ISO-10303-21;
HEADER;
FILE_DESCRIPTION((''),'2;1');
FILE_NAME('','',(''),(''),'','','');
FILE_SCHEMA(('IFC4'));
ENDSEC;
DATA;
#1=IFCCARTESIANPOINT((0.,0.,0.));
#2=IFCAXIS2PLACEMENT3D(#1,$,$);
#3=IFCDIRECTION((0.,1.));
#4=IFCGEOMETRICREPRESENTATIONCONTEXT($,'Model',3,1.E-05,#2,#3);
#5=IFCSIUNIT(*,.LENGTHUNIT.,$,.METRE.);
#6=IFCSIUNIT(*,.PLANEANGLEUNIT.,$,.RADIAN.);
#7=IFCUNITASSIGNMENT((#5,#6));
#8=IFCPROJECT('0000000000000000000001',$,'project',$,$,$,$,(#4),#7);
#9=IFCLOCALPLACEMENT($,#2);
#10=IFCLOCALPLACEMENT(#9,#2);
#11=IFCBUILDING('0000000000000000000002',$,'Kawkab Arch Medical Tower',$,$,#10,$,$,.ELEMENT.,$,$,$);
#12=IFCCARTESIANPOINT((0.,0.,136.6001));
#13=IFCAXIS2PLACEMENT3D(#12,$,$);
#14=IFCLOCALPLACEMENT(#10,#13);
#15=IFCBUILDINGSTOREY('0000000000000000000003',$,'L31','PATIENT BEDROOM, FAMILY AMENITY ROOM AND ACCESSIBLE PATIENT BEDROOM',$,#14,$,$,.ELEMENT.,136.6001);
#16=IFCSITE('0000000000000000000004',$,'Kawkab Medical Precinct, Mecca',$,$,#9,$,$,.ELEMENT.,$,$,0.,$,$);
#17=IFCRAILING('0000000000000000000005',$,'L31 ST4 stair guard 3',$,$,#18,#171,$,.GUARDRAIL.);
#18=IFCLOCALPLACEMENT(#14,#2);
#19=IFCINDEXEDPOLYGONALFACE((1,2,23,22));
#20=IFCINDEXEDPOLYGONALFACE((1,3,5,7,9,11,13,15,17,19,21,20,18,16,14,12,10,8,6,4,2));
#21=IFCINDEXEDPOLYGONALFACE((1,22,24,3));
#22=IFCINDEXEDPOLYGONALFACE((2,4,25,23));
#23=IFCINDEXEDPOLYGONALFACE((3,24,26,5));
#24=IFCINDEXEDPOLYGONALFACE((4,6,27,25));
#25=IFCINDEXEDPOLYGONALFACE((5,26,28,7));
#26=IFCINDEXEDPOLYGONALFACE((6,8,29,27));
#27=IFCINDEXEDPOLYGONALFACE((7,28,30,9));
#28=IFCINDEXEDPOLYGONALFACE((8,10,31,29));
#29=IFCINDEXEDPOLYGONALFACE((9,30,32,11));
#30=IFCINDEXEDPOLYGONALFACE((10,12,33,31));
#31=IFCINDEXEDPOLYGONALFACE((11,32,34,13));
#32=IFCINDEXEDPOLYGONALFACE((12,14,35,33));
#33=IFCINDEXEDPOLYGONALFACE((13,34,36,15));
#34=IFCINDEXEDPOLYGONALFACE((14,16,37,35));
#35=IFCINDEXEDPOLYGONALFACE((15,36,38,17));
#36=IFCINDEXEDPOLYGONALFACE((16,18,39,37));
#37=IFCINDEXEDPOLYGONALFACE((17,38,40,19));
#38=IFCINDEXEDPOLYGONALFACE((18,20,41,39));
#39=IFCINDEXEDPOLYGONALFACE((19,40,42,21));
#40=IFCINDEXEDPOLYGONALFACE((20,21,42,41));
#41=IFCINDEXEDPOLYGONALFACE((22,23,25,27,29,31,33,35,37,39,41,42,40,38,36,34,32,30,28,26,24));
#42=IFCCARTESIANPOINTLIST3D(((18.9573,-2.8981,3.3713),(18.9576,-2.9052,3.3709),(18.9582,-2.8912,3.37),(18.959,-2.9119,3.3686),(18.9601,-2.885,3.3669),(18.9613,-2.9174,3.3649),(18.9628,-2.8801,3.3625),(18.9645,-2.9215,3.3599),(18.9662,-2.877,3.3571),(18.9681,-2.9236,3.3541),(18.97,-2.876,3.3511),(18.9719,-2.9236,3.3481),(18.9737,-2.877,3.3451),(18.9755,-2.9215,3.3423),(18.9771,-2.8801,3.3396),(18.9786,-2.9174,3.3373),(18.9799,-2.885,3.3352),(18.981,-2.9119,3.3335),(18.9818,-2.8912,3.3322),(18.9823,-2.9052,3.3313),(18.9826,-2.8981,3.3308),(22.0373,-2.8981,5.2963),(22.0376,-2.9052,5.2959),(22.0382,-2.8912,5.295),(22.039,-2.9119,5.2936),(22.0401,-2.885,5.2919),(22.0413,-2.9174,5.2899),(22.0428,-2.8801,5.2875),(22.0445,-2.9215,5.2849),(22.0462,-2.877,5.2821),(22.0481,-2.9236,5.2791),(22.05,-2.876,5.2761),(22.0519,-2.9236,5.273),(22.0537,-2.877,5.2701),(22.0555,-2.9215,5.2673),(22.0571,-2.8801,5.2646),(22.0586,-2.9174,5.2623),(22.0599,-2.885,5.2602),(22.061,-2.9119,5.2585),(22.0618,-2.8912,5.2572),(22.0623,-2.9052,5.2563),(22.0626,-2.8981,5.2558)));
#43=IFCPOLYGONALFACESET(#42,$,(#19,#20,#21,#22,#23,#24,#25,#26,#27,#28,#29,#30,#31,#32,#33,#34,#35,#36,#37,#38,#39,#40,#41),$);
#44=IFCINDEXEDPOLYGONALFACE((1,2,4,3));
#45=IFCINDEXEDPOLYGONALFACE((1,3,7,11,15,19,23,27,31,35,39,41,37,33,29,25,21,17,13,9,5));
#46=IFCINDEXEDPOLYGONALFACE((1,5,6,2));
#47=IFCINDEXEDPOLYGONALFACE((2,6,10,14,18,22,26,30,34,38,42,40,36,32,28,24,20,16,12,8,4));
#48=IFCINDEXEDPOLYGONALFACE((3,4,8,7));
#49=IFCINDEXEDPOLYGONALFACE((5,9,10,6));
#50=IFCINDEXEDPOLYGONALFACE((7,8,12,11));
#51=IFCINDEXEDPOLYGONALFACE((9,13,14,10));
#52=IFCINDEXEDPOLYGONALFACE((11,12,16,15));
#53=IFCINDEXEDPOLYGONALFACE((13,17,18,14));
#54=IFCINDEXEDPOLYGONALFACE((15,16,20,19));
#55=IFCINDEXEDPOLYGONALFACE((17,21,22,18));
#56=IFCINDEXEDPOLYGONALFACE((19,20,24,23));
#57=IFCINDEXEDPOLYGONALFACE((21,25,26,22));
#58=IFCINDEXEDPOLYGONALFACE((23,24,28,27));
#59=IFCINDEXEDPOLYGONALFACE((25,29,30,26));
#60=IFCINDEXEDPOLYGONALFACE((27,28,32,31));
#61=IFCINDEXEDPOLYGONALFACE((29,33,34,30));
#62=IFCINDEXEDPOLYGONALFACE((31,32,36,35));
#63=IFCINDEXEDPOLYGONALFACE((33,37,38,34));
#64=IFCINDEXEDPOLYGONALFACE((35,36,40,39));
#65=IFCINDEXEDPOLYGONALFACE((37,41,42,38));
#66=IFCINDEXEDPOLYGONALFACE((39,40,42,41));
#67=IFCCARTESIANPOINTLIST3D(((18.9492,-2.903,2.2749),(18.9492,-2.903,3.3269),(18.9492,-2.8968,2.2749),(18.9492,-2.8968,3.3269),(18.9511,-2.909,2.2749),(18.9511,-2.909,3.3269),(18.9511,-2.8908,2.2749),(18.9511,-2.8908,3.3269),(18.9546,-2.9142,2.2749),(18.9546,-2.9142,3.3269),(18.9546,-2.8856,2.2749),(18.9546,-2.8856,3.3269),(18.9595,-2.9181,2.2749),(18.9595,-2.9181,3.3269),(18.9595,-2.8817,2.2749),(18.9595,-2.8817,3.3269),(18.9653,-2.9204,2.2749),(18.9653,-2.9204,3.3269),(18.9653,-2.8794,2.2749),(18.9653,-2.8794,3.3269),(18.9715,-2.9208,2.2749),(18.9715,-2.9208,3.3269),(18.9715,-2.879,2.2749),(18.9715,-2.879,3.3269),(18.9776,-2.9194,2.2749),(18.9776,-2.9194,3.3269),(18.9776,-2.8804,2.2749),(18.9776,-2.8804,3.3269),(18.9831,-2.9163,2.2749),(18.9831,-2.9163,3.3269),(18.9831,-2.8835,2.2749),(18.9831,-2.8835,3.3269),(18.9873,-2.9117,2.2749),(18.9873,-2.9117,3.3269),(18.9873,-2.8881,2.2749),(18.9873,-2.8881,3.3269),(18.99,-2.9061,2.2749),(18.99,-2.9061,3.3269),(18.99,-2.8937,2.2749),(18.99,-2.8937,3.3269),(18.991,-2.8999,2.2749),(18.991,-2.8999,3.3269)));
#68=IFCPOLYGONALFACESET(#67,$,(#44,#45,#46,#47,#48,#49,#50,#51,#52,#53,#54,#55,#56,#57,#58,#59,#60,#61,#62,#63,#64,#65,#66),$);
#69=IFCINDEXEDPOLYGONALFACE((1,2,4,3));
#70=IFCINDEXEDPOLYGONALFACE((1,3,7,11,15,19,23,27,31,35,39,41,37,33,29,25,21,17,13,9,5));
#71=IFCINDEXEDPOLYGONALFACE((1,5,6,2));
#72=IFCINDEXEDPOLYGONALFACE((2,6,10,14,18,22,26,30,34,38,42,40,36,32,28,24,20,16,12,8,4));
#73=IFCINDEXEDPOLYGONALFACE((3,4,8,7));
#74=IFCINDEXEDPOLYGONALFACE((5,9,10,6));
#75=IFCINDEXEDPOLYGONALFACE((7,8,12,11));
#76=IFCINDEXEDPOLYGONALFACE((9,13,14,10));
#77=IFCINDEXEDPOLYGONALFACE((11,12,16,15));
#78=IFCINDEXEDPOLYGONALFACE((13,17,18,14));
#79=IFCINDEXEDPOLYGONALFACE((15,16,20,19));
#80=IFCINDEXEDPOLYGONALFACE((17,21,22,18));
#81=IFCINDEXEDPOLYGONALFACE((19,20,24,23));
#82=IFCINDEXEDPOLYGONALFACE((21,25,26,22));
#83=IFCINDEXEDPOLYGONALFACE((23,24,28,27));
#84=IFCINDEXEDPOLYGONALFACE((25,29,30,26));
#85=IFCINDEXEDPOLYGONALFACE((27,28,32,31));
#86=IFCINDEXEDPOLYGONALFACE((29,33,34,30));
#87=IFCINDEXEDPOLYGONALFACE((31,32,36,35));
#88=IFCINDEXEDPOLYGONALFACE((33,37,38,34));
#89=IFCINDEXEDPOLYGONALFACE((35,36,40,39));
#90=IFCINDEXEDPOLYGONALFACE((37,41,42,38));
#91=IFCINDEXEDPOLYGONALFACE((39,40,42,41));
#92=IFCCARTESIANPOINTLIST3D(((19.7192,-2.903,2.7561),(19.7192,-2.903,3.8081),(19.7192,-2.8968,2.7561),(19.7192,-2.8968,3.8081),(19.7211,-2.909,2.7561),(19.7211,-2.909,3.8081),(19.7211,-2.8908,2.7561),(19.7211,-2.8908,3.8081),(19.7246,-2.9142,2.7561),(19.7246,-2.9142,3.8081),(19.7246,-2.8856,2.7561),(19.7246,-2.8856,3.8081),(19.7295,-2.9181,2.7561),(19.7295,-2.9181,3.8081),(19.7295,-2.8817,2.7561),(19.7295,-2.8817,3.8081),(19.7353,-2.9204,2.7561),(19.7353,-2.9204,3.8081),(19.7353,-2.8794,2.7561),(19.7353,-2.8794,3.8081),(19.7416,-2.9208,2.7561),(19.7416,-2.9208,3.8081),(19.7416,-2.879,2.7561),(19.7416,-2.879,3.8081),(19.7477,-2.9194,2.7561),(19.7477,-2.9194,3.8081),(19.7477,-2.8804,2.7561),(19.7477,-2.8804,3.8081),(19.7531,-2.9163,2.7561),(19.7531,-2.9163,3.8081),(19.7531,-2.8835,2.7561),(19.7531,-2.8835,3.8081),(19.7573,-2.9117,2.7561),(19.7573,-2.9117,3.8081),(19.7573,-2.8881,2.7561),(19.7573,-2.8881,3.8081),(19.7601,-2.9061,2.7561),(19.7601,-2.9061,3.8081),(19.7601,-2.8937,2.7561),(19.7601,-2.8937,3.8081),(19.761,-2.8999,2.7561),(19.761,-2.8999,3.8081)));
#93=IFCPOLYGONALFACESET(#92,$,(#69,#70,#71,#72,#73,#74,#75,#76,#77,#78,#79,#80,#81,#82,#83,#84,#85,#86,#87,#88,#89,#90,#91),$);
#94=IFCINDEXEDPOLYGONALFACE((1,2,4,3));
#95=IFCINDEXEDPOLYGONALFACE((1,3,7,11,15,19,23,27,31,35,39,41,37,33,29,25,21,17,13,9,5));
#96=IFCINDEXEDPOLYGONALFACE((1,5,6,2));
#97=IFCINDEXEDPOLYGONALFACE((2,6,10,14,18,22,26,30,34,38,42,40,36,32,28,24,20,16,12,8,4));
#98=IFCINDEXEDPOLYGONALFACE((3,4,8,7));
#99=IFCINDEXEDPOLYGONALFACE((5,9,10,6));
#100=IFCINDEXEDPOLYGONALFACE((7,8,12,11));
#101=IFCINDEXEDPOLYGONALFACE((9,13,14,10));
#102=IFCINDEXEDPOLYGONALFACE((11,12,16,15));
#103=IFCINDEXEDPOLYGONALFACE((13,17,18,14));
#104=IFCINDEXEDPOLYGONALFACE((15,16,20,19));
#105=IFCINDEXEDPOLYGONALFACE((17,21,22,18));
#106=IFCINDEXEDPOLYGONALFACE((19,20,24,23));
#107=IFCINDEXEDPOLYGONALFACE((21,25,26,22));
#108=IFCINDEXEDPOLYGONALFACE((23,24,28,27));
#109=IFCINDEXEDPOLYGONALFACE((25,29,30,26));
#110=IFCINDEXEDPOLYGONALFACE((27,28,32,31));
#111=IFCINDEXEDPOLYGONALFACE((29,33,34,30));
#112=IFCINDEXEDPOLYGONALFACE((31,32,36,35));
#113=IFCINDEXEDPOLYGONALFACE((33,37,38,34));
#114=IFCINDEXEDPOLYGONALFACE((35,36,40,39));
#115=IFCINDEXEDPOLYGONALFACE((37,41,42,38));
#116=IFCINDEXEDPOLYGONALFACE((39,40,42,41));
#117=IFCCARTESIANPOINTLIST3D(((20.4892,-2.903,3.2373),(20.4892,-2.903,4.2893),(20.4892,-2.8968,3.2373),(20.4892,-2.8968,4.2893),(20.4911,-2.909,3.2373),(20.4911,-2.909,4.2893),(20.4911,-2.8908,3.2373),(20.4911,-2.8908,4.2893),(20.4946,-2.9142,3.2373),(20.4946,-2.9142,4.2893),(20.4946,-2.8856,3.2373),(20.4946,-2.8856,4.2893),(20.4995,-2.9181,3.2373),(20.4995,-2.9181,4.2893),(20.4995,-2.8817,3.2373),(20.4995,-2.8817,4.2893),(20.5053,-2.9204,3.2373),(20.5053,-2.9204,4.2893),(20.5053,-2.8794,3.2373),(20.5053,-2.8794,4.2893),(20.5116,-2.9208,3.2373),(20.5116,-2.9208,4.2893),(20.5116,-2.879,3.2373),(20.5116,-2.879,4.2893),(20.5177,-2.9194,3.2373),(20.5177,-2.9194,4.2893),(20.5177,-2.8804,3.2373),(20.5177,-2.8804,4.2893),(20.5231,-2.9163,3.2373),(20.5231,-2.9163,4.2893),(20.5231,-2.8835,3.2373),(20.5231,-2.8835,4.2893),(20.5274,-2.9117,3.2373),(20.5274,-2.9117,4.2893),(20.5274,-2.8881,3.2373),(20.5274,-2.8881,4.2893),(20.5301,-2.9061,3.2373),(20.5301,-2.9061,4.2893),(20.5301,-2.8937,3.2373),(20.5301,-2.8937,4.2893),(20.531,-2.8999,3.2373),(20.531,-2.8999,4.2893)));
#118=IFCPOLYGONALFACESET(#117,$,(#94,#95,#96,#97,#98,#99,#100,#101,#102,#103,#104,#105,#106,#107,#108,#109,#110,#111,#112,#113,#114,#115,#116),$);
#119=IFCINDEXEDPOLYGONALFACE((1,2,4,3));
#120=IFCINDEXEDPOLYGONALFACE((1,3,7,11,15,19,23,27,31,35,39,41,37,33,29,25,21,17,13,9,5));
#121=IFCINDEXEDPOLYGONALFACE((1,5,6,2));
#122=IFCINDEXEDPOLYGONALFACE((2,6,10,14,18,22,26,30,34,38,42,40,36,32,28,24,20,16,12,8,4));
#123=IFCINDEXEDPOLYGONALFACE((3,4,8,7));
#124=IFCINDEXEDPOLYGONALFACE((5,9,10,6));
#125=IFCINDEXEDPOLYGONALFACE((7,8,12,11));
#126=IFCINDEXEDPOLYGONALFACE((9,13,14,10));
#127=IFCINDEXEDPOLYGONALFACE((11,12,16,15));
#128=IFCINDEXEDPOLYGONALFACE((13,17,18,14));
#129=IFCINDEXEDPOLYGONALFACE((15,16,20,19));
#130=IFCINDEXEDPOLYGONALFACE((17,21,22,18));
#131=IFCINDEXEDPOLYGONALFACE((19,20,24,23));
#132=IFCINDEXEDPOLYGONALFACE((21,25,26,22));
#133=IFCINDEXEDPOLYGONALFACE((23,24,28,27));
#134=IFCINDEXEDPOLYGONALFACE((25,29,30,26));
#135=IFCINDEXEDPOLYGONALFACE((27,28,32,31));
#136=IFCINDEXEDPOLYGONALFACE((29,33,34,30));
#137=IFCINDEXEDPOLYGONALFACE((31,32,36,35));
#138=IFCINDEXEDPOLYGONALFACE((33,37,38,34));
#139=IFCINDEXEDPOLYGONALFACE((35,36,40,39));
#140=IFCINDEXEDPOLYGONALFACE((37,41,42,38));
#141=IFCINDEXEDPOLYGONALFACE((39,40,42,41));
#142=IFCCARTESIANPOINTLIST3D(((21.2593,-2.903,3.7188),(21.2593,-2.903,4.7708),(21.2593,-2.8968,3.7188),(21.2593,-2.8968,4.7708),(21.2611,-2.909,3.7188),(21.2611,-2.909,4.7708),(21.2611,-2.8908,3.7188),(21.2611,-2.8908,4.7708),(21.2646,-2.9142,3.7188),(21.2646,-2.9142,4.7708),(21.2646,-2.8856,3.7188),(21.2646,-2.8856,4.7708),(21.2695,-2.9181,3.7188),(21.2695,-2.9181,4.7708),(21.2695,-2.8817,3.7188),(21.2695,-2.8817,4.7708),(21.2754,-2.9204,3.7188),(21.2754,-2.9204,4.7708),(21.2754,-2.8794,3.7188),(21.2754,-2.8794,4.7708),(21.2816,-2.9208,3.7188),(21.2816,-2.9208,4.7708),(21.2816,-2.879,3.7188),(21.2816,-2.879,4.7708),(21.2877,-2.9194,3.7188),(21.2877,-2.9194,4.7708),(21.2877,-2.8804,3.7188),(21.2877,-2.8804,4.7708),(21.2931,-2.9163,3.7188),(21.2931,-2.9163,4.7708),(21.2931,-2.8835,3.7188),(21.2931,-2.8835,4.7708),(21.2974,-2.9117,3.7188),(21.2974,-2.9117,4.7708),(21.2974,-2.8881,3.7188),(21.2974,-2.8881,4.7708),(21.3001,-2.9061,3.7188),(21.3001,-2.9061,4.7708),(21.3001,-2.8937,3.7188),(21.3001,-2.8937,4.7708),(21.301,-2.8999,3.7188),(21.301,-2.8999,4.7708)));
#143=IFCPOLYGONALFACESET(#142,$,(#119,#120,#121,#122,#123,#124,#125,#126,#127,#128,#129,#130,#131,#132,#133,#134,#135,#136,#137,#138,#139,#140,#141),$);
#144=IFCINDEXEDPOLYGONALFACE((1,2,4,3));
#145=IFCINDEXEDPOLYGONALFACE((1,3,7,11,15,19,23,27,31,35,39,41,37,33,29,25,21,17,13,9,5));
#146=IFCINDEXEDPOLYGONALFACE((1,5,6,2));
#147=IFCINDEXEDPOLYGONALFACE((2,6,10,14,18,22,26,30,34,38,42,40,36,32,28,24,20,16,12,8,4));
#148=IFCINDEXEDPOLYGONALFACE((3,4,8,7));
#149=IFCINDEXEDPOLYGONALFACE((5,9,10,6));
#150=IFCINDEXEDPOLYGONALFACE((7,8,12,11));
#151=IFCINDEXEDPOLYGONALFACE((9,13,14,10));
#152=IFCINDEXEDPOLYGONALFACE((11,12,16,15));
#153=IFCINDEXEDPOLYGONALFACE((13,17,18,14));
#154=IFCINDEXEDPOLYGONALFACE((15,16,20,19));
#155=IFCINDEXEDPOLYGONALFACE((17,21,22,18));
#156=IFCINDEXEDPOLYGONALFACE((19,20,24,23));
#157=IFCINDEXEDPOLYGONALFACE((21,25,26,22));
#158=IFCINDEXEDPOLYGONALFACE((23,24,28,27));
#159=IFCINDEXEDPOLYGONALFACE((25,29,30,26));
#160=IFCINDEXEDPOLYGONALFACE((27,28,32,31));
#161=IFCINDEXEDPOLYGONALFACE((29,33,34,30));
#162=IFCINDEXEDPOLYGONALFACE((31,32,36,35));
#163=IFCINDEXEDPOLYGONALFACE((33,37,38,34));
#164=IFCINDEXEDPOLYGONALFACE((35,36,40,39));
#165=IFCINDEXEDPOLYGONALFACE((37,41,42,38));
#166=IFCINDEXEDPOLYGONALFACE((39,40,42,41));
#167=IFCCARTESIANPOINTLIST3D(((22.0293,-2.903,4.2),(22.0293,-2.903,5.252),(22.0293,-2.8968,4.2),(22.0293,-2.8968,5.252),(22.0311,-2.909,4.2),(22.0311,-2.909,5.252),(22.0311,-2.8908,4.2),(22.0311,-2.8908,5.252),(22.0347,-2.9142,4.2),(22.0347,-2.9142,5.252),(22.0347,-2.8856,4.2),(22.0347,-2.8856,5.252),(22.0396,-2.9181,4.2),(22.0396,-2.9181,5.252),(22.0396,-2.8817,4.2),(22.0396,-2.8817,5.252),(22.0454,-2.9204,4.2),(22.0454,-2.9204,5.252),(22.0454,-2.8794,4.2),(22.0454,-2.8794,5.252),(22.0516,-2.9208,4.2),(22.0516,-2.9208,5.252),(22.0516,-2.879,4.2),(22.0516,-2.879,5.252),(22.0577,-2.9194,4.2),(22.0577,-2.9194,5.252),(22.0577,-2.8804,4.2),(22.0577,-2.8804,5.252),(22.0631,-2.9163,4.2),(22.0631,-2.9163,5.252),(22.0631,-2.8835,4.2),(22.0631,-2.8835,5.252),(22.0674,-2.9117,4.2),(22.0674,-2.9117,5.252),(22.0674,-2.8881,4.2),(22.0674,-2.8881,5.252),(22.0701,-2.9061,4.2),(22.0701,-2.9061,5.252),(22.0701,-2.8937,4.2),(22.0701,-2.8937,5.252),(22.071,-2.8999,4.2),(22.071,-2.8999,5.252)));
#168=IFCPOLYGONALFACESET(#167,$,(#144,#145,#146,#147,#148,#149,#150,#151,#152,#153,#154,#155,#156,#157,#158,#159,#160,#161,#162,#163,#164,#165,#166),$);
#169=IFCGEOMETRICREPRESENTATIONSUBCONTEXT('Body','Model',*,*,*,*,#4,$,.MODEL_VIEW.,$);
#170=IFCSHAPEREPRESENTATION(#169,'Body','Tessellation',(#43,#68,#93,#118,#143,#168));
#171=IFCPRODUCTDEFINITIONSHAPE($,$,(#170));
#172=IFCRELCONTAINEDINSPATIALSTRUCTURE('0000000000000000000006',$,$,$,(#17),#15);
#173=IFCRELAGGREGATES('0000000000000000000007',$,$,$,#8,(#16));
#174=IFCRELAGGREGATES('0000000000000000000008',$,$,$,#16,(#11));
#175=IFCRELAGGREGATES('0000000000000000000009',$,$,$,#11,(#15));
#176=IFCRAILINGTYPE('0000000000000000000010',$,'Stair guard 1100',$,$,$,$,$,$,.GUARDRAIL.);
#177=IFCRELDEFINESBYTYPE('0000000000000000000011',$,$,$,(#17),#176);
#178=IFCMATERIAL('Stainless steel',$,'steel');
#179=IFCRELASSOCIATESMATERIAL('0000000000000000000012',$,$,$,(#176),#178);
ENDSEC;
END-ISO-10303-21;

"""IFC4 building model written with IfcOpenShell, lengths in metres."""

from ifc_helpers import new_model, si_unit, direction, frame, origin, origin_2d, place, context, subcontext, project, spatial, circle, extrude, material, type_object, element, save


model = new_model("IFC4")

# Units and contexts
model_context = context("Model", 3, precision=1e-05, world=origin(), true_north=direction((0.0, 1.0)))
body_context = subcontext(model_context, "Body", "Model", "MODEL_VIEW")
ifc_project = project(units=[si_unit("LENGTHUNIT", "METRE"), si_unit("PLANEANGLEUNIT", "RADIAN")], contexts=[model_context])

# Site, building, storey
site_placement = place(None, origin())
site = spatial("IfcSite", under=ifc_project, at=site_placement, Name="Kawkab Medical Precinct, Mecca", CompositionType="ELEMENT", RefElevation=0.0)
building_placement = place(site_placement, origin())
building = spatial("IfcBuilding", under=site, at=building_placement, Name="Kawkab Arch Medical Tower", CompositionType="ELEMENT")
storey_placement = place(building_placement, frame((0.0, 0.0, 136.6001)))
storey = spatial("IfcBuildingStorey", under=building, at=storey_placement, Name="L31", Description="PATIENT BEDROOM, FAMILY AMENITY ROOM AND ACCESSIBLE PATIENT BEDROOM", CompositionType="ELEMENT", Elevation=136.6001)

# Railing
ifc_material_1 = material(Name="Stainless steel", Category="steel")
railing_type_1 = type_object("IfcRailingType", Name="Stair guard 1100", PredefinedType="GUARDRAIL", material=ifc_material_1)
railing_1_placement = place(storey_placement, frame((18.97, -2.8999, 2.2749)))
element("IfcRailing", 1, at=railing_1_placement, inside=storey, type_object=railing_type_1, Name="L31 ST4 stair guard 3", PredefinedType="GUARDRAIL", context=body_context, shape_type="SweptSolid", body=[
    extrude(circle(Radius=0.0239, at=origin_2d()), frame((0.0, 0.0, 1.0762), z_axis=(0.847998, 0.0, 0.529999), x_axis=(0.0, 1.0, 0.0)), (0.0, 0.0, 1.0), 3.6321),
    extrude(circle(Radius=0.021, at=origin_2d()), origin(), (0.0, 0.0, 1.0), 1.052),
    extrude(circle(Radius=0.021, at=origin_2d()), frame((0.77, 0.0, 0.4812)), (0.0, 0.0, 1.0), 1.052),
    extrude(circle(Radius=0.021, at=origin_2d()), frame((1.54, 0.0, 0.9624)), (0.0, 0.0, 1.0), 1.052),
    extrude(circle(Radius=0.021, at=origin_2d()), frame((2.3101, 0.0, 1.4438)), (0.0, 0.0, 1.0), 1.052),
    extrude(circle(Radius=0.021, at=origin_2d()), frame((3.0801, 0.0, 1.925)), (0.0, 0.0, 1.0), 1.052),
])

save(model, "model.ifc")
